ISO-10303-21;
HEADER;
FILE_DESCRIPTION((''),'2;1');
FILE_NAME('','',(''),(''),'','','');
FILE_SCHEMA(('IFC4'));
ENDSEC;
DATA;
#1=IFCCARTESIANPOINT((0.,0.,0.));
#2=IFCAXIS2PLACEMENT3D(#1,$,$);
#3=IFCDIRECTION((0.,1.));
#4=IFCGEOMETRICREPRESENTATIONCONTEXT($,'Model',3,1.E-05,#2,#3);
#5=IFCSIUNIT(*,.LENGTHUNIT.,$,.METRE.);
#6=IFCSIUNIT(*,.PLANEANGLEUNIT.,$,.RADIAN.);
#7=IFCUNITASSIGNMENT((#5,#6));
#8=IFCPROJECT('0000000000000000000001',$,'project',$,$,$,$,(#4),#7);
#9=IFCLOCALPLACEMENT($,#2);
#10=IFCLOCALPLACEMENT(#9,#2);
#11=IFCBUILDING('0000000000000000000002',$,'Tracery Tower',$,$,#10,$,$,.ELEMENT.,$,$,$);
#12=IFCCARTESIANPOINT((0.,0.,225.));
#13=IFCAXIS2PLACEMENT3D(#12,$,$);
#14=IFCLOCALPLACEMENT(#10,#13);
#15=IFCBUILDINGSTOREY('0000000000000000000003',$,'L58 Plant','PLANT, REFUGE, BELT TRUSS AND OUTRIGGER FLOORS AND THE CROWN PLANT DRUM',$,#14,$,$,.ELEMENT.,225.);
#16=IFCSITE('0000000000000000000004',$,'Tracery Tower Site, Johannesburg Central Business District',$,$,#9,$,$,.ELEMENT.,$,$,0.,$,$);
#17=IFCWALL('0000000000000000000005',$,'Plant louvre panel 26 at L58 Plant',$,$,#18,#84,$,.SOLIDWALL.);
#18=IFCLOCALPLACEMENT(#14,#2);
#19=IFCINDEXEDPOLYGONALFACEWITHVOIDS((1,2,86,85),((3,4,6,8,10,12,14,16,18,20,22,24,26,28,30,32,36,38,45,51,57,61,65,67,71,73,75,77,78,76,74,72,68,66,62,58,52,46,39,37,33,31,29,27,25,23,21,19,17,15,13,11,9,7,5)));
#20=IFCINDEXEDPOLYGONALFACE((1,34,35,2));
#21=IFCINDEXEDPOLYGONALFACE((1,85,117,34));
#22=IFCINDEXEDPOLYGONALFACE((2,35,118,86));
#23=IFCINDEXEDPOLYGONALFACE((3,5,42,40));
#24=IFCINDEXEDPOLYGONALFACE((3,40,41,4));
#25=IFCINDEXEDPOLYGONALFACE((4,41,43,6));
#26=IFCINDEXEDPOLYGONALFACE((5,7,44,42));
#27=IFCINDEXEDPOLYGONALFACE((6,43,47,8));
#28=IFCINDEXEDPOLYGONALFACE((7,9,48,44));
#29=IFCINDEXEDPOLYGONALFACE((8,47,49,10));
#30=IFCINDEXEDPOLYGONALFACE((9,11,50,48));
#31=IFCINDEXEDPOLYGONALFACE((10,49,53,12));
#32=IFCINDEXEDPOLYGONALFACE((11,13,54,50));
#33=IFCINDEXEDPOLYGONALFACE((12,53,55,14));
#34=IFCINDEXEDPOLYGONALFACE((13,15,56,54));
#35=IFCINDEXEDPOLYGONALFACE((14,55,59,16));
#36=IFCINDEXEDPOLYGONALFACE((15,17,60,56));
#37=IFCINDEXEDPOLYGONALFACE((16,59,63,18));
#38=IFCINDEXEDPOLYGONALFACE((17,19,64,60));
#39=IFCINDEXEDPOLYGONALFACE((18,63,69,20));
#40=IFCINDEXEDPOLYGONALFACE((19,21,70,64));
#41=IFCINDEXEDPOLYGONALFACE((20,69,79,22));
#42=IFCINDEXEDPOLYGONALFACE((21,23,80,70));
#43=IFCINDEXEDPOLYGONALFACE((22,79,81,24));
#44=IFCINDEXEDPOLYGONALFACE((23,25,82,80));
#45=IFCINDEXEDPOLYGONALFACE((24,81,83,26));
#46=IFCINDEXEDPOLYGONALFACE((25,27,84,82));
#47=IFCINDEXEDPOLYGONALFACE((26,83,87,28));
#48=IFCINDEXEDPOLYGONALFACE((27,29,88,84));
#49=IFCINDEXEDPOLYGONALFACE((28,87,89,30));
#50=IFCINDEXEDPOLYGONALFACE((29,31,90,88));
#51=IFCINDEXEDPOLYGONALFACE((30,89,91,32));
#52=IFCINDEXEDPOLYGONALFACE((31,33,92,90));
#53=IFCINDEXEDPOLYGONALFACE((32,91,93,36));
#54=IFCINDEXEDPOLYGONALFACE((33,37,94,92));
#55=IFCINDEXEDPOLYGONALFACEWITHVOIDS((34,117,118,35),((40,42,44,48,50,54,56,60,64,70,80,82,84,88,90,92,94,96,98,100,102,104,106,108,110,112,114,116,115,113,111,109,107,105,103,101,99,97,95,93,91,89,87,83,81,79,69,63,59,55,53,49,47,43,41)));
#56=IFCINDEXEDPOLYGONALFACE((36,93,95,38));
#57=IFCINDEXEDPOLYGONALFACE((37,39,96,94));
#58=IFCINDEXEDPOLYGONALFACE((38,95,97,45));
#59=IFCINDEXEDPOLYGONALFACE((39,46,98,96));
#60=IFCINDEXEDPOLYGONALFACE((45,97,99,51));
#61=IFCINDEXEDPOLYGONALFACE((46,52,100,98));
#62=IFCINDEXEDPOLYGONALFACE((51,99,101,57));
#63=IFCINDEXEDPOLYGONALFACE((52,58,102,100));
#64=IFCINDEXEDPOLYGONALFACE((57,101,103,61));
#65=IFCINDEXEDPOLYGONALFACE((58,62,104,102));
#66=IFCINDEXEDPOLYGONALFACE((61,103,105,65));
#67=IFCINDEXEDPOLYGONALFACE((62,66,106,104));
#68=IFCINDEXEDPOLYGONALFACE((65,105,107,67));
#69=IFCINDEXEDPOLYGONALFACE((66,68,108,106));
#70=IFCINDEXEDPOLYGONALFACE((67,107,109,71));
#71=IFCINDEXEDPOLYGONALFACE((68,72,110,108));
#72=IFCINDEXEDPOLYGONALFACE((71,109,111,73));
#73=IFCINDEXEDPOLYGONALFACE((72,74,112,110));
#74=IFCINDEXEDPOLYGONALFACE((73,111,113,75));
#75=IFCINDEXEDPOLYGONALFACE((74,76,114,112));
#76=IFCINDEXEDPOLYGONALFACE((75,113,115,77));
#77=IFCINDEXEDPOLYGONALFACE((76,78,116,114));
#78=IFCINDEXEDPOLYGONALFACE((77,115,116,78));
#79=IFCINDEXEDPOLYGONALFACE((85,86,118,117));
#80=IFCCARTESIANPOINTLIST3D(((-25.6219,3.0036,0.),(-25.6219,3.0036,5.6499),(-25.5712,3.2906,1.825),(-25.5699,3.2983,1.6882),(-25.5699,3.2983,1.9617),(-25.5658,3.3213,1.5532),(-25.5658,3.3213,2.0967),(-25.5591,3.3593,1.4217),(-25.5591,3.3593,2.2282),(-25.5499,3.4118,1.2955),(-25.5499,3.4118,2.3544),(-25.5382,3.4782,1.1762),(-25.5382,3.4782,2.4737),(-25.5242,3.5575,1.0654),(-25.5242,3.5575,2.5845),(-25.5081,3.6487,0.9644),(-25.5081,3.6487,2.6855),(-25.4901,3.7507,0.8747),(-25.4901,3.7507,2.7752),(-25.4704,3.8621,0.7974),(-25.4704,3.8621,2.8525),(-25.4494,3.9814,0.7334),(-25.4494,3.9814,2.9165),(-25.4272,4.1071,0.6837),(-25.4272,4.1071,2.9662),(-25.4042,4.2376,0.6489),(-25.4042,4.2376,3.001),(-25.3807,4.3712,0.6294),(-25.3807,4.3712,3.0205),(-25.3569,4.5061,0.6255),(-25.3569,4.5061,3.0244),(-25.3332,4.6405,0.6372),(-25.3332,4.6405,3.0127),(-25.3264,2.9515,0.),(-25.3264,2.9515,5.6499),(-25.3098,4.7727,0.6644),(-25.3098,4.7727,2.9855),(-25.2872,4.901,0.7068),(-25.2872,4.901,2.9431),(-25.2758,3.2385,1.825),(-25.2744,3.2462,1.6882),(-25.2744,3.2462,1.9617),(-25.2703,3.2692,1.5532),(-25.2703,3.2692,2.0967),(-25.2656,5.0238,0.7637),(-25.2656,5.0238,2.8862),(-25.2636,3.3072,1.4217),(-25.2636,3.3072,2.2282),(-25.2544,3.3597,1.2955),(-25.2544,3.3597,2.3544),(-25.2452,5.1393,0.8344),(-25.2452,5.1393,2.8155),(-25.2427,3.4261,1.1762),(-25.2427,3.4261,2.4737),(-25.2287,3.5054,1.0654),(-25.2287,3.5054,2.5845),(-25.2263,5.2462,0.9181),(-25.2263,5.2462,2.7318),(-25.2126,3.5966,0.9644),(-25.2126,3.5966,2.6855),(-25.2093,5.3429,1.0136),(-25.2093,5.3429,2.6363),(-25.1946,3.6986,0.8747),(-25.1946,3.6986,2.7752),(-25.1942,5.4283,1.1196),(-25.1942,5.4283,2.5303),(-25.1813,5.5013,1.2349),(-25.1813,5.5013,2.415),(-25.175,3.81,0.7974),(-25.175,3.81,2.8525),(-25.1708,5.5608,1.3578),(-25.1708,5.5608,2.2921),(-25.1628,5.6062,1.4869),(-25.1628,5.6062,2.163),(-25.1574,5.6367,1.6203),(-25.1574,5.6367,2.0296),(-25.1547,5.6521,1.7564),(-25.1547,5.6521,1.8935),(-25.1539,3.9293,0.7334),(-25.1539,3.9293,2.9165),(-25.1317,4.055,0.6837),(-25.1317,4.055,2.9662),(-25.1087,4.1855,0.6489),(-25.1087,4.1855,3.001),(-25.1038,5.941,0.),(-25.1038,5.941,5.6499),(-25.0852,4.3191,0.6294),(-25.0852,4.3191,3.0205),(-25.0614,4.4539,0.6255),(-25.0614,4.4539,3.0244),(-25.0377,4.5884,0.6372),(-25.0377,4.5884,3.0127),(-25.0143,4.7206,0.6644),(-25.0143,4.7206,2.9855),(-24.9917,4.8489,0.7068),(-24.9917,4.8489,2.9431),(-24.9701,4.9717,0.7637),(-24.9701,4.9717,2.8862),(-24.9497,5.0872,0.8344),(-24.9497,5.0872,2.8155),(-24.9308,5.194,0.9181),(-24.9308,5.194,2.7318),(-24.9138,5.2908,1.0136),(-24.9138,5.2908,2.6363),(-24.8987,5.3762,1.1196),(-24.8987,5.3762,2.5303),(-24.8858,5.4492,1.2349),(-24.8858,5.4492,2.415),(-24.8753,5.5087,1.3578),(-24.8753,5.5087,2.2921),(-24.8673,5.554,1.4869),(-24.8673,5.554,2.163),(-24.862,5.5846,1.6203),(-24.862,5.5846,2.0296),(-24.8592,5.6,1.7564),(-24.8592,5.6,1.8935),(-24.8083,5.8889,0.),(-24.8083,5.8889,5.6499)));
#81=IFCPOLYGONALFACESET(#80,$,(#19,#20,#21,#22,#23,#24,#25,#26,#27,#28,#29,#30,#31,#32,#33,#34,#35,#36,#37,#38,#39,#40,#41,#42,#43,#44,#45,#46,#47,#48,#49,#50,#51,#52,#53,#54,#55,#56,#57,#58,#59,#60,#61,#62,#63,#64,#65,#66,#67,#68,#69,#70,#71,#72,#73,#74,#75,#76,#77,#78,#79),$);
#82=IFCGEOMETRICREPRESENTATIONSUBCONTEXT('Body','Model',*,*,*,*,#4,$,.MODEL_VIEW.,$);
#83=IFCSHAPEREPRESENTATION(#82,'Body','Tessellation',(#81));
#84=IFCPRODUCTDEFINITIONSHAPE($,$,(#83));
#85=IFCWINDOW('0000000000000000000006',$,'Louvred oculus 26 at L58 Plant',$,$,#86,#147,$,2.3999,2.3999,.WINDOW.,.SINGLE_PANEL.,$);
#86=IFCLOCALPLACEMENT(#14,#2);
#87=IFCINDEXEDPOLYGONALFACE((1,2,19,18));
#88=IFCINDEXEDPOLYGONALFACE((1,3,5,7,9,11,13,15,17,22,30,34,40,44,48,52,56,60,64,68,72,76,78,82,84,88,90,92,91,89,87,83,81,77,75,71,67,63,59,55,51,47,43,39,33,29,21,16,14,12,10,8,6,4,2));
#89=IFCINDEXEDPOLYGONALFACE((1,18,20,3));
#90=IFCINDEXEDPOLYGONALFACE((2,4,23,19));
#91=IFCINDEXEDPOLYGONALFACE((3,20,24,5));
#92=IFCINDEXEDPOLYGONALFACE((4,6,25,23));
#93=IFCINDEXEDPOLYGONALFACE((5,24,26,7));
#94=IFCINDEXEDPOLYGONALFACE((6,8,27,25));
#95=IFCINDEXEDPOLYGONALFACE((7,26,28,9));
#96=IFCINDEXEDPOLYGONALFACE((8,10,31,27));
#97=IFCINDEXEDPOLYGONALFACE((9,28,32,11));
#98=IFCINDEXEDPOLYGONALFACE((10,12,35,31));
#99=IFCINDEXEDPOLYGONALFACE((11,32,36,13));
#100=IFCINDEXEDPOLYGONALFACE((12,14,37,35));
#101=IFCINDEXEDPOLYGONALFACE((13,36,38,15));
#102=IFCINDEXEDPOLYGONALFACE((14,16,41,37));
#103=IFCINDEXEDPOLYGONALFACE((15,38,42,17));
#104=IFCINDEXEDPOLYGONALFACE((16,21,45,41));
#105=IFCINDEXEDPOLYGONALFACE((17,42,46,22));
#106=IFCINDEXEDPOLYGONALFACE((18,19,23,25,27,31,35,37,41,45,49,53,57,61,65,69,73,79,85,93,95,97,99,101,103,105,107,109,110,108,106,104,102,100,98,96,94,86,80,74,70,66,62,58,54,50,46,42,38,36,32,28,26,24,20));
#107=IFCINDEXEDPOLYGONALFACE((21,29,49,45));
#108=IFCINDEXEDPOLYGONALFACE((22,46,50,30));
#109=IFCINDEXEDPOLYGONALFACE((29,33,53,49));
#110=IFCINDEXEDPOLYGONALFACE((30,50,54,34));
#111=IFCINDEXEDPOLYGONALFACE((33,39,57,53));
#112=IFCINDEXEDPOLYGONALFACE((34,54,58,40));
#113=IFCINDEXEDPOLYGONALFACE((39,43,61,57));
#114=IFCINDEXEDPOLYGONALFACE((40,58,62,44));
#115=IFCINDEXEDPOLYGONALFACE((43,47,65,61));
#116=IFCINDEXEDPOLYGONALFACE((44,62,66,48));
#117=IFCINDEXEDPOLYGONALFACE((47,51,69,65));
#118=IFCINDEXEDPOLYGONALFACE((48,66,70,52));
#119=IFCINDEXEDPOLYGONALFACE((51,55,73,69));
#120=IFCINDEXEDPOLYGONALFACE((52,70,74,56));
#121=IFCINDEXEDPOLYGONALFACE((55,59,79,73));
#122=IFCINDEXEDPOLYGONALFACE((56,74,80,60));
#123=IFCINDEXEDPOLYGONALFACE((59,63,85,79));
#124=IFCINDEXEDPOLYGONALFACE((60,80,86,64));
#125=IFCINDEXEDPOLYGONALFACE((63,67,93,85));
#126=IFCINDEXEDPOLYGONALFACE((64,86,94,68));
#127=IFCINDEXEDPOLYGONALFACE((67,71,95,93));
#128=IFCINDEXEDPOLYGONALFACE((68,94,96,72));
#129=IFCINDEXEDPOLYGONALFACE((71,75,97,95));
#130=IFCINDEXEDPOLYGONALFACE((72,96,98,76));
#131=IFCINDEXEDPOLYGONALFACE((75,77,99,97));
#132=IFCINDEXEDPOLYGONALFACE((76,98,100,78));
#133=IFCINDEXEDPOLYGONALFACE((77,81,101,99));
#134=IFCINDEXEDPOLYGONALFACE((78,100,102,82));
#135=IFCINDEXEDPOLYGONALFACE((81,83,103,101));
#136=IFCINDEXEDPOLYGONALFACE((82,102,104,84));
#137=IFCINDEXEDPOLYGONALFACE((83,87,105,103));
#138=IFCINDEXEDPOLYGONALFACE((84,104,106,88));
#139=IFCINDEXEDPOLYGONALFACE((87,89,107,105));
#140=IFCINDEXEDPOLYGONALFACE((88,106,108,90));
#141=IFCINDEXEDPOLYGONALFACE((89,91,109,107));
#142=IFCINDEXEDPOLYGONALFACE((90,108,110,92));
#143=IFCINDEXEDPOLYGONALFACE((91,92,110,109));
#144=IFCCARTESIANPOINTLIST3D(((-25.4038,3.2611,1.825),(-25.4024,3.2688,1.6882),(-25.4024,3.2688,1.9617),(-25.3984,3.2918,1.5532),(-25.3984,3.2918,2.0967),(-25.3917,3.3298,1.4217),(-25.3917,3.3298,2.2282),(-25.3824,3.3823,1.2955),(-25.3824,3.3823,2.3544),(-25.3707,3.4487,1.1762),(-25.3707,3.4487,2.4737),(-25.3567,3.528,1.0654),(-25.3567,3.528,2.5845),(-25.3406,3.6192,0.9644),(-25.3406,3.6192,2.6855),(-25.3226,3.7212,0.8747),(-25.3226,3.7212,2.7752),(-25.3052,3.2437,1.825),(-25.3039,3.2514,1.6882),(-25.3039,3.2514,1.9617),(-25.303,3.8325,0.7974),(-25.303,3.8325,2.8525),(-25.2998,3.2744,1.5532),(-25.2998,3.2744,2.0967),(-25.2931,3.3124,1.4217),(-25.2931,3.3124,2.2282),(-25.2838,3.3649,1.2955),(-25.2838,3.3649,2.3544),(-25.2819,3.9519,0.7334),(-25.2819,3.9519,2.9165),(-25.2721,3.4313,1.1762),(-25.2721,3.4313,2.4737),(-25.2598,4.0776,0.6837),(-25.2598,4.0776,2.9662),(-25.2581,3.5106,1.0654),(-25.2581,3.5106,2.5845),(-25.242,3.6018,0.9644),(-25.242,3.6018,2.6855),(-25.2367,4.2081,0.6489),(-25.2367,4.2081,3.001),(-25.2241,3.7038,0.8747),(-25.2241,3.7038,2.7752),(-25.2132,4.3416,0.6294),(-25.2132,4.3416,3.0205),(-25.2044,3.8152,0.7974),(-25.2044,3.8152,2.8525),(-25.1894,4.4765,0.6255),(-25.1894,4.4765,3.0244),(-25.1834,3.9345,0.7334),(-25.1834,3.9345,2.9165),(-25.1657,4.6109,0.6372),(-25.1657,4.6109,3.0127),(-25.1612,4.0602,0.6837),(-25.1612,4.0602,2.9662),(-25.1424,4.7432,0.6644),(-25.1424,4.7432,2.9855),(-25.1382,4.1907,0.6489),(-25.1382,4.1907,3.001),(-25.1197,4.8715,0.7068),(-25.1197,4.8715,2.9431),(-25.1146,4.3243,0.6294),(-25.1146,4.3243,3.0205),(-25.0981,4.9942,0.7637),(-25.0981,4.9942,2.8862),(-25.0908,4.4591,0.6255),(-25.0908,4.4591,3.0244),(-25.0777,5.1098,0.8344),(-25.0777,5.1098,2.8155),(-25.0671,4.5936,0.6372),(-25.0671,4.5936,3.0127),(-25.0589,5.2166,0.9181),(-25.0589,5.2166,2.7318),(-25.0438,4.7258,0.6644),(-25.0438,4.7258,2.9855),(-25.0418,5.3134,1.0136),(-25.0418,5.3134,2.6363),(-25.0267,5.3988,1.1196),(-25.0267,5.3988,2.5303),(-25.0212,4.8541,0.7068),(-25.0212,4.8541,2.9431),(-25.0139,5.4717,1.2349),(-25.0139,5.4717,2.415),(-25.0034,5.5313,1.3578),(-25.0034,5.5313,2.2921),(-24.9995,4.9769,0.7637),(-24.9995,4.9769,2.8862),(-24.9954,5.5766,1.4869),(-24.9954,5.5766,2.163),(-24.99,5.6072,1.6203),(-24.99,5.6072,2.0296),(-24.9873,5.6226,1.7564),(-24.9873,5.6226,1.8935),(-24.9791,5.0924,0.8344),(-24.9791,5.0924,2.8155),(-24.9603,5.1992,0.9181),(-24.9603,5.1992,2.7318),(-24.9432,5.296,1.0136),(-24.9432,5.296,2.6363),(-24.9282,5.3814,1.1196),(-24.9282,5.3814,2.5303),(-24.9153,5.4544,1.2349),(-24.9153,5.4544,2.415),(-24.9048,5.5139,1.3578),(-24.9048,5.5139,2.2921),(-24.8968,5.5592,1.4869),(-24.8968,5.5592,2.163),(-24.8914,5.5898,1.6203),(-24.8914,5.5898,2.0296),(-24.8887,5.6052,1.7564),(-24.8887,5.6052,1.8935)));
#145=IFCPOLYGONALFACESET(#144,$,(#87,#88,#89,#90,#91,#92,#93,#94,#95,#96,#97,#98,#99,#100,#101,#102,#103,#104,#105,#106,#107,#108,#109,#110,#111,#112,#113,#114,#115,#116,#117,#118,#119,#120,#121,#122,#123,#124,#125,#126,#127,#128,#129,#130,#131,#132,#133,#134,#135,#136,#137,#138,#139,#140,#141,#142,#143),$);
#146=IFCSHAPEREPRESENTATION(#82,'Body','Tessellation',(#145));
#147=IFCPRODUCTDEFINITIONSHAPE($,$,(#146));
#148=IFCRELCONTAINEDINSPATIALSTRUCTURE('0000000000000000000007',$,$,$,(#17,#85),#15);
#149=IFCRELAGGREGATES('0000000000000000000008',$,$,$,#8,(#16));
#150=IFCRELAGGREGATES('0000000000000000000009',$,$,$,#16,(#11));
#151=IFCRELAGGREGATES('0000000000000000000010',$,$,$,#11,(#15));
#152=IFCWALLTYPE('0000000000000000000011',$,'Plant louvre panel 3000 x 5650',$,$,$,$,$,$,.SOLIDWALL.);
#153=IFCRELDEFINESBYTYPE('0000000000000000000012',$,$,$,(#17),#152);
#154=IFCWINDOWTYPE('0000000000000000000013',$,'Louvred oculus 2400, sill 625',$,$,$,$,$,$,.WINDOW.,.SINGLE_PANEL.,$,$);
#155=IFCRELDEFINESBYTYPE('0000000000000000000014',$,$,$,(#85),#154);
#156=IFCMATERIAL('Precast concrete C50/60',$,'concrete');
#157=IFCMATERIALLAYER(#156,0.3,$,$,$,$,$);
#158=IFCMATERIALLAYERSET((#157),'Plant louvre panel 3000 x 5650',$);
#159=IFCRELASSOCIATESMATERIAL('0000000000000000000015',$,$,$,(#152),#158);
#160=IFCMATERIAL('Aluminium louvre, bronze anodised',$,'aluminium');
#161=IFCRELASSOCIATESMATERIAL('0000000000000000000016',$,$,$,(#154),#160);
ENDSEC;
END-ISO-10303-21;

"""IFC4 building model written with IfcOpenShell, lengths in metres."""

from ifc_helpers import new_model, si_unit, direction, frame, frame_2d, origin, origin_2d, place, context, subcontext, project, spatial, rectangle, circle, extrude, material, layer, layer_set, type_object, element, fill, save


model = new_model("IFC4")

# Units and contexts
model_context = context("Model", 3, precision=1e-05, world=origin(), true_north=direction((0.0, 1.0)))
body_context = subcontext(model_context, "Body", "Model", "MODEL_VIEW")
ifc_project = project(units=[si_unit("LENGTHUNIT", "METRE"), si_unit("PLANEANGLEUNIT", "RADIAN")], contexts=[model_context])

# Site, building, storey
site_placement = place(None, origin())
site = spatial("IfcSite", under=ifc_project, at=site_placement, Name="Tracery Tower Site, Johannesburg Central Business District", CompositionType="ELEMENT", RefElevation=0.0)
building_placement = place(site_placement, origin())
building = spatial("IfcBuilding", under=site, at=building_placement, Name="Tracery Tower", CompositionType="ELEMENT")
storey_placement = place(building_placement, frame((0.0, 0.0, 225.0)))
storey = spatial("IfcBuildingStorey", under=building, at=storey_placement, Name="L58 Plant", Description="PLANT, REFUGE, BELT TRUSS AND OUTRIGGER FLOORS AND THE CROWN PLANT DRUM", CompositionType="ELEMENT", Elevation=225.0)

# Wall, opening, window
ifc_material_1 = material(Name="Precast concrete C50/60", Category="concrete")
ifc_layer_1 = layer(ifc_material_1, 0.3)
ifc_layer_set_1 = layer_set([ifc_layer_1], Name="Plant louvre panel 3000 x 5650")
wall_type_1 = type_object("IfcWallType", Name="Plant louvre panel 3000 x 5650", PredefinedType="SOLIDWALL", material=ifc_layer_set_1)
ifc_material_2 = material(Name="Aluminium louvre, bronze anodised", Category="aluminium")
window_type = type_object("IfcWindowType", Name="Louvred oculus 2400, sill 625", PartitioningType="SINGLE_PANEL", PredefinedType="WINDOW", material=ifc_material_2)
wall_1_placement = place(storey_placement, frame((-24.9561, 5.9148, 0.0), z_axis=(0.0, 0.0, 1.0), x_axis=(-0.173697, -0.984799, 0.0)))
wall_1 = element("IfcWall", 1, at=wall_1_placement, inside=storey, type_object=wall_type_1, Name="Plant louvre panel 26 at L58 Plant", PredefinedType="SOLIDWALL", context=body_context, shape_type="SweptSolid", body=[
    extrude(rectangle(XDim=2.9827, YDim=0.3, at=frame_2d((1.4912, 0.0))), origin(), (0.0, 0.0, 1.0), 5.6499),
])
opening_1_placement = place(wall_1_placement, frame((1.4912, 0.0, 1.825)))
opening_1 = element("IfcOpeningElement", 2, at=opening_1_placement, cuts=wall_1, PredefinedType="OPENING", context=body_context, shape_type="SweptSolid", body=[
    extrude(circle(Radius=1.2, at=origin_2d()), frame((0.0, 0.1599, 0.0), z_axis=(0.0, -1.0, 0.0), x_axis=(1.0, 0.0, 0.0)), (0.0, 0.0, 1.0), 0.3201),
])
window_1_placement = place(opening_1_placement, origin())
window_1 = element("IfcWindow", 3, at=window_1_placement, inside=storey, type_object=window_type, Name="Louvred oculus 26 at L58 Plant", OverallHeight=2.3999, OverallWidth=2.3999, PartitioningType="SINGLE_PANEL", PredefinedType="WINDOW", context=body_context, shape_type="SweptSolid", body=[
    extrude(circle(Radius=1.2, at=origin_2d()), frame((0.0, 0.1201, 0.0), z_axis=(0.0, -1.0, 0.0), x_axis=(1.0, 0.0, 0.0)), (0.0, 0.0, 1.0), 0.1001),
])
fill(opening_1, window_1)

save(model, "model.ifc")
